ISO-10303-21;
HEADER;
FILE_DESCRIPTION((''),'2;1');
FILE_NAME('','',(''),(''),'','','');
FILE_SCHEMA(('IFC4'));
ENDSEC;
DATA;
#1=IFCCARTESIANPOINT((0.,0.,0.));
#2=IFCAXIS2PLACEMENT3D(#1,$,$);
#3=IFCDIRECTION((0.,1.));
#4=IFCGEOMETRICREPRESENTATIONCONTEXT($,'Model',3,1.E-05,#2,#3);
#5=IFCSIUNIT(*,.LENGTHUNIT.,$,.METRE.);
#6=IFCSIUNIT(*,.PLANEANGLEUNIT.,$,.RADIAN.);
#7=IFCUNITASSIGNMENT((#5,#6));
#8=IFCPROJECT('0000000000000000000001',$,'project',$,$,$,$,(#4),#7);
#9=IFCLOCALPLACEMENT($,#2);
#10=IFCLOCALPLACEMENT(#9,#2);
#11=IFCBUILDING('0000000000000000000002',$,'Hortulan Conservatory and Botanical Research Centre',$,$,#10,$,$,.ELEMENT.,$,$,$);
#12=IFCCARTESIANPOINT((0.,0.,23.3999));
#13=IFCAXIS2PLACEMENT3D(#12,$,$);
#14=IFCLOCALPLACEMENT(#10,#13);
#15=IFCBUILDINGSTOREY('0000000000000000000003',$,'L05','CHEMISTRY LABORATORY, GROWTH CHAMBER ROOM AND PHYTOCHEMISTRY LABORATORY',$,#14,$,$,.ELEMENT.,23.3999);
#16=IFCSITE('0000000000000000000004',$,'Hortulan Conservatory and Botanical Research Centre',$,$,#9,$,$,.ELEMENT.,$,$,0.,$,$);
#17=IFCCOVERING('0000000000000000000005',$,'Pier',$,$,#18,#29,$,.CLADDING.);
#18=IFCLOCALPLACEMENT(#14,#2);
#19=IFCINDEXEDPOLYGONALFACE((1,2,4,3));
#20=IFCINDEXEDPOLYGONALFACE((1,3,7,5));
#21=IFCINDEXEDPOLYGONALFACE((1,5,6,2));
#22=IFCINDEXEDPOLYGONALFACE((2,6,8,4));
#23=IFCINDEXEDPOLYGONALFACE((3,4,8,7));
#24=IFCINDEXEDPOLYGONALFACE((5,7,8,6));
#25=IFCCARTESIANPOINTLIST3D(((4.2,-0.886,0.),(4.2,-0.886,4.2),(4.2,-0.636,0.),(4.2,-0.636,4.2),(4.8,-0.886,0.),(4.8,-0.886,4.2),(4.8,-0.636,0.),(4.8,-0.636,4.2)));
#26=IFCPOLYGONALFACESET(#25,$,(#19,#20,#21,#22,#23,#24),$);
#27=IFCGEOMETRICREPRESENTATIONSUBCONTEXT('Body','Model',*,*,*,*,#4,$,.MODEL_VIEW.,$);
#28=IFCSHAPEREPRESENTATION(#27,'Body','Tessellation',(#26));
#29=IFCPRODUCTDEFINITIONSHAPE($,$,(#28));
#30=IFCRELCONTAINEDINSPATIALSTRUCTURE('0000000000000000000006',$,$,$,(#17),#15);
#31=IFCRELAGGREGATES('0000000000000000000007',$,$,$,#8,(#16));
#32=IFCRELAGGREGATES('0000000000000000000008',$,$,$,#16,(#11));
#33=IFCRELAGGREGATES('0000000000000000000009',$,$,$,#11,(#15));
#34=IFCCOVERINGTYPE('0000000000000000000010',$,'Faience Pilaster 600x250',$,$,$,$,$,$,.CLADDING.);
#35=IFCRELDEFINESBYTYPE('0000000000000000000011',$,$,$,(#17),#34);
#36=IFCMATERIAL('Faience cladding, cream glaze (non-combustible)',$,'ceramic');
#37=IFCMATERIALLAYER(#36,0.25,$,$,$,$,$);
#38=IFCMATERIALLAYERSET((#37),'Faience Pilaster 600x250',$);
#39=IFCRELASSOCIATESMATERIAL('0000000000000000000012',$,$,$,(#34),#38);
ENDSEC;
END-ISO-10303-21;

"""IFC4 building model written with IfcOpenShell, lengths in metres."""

from ifc_helpers import new_model, si_unit, direction, frame, origin, origin_2d, place, context, subcontext, project, spatial, rectangle, extrude, material, layer, layer_set, type_object, element, save


model = new_model("IFC4")

# Units and contexts
model_context = context("Model", 3, precision=1e-05, world=origin(), true_north=direction((0.0, 1.0)))
body_context = subcontext(model_context, "Body", "Model", "MODEL_VIEW")
ifc_project = project(units=[si_unit("LENGTHUNIT", "METRE"), si_unit("PLANEANGLEUNIT", "RADIAN")], contexts=[model_context])

# Site, building, storey
site_placement = place(None, origin())
site = spatial("IfcSite", under=ifc_project, at=site_placement, Name="Hortulan Conservatory and Botanical Research Centre", CompositionType="ELEMENT", RefElevation=0.0)
building_placement = place(site_placement, origin())
building = spatial("IfcBuilding", under=site, at=building_placement, Name="Hortulan Conservatory and Botanical Research Centre", CompositionType="ELEMENT")
storey_placement = place(building_placement, frame((0.0, 0.0, 23.3999)))
storey = spatial("IfcBuildingStorey", under=building, at=storey_placement, Name="L05", Description="CHEMISTRY LABORATORY, GROWTH CHAMBER ROOM AND PHYTOCHEMISTRY LABORATORY", CompositionType="ELEMENT", Elevation=23.3999)

# Covering
ifc_material_1 = material(Name="Faience cladding, cream glaze (non-combustible)", Category="ceramic")
ifc_layer_1 = layer(ifc_material_1, 0.25)
ifc_layer_set_1 = layer_set([ifc_layer_1], Name="Faience Pilaster 600x250")
covering_type_1 = type_object("IfcCoveringType", Name="Faience Pilaster 600x250", PredefinedType="CLADDING", material=ifc_layer_set_1)
for number, where, z_axis, x_axis, name in (
    (1, (4.5, -0.761, 0.0), (0.0, 0.0, 1.0), (-1.0, 0.0, 0.0), "Pier"),
):
    element("IfcCovering", number, at=place(storey_placement, frame(where, z_axis=z_axis, x_axis=x_axis)), inside=storey, type_object=covering_type_1, Name=name, PredefinedType="CLADDING", context=body_context, shape_type="SweptSolid", body=[
        extrude(rectangle(XDim=0.6001, YDim=0.25, at=origin_2d()), origin(), (0.0, 0.0, 1.0), 4.2),
    ])

save(model, "model.ifc")
